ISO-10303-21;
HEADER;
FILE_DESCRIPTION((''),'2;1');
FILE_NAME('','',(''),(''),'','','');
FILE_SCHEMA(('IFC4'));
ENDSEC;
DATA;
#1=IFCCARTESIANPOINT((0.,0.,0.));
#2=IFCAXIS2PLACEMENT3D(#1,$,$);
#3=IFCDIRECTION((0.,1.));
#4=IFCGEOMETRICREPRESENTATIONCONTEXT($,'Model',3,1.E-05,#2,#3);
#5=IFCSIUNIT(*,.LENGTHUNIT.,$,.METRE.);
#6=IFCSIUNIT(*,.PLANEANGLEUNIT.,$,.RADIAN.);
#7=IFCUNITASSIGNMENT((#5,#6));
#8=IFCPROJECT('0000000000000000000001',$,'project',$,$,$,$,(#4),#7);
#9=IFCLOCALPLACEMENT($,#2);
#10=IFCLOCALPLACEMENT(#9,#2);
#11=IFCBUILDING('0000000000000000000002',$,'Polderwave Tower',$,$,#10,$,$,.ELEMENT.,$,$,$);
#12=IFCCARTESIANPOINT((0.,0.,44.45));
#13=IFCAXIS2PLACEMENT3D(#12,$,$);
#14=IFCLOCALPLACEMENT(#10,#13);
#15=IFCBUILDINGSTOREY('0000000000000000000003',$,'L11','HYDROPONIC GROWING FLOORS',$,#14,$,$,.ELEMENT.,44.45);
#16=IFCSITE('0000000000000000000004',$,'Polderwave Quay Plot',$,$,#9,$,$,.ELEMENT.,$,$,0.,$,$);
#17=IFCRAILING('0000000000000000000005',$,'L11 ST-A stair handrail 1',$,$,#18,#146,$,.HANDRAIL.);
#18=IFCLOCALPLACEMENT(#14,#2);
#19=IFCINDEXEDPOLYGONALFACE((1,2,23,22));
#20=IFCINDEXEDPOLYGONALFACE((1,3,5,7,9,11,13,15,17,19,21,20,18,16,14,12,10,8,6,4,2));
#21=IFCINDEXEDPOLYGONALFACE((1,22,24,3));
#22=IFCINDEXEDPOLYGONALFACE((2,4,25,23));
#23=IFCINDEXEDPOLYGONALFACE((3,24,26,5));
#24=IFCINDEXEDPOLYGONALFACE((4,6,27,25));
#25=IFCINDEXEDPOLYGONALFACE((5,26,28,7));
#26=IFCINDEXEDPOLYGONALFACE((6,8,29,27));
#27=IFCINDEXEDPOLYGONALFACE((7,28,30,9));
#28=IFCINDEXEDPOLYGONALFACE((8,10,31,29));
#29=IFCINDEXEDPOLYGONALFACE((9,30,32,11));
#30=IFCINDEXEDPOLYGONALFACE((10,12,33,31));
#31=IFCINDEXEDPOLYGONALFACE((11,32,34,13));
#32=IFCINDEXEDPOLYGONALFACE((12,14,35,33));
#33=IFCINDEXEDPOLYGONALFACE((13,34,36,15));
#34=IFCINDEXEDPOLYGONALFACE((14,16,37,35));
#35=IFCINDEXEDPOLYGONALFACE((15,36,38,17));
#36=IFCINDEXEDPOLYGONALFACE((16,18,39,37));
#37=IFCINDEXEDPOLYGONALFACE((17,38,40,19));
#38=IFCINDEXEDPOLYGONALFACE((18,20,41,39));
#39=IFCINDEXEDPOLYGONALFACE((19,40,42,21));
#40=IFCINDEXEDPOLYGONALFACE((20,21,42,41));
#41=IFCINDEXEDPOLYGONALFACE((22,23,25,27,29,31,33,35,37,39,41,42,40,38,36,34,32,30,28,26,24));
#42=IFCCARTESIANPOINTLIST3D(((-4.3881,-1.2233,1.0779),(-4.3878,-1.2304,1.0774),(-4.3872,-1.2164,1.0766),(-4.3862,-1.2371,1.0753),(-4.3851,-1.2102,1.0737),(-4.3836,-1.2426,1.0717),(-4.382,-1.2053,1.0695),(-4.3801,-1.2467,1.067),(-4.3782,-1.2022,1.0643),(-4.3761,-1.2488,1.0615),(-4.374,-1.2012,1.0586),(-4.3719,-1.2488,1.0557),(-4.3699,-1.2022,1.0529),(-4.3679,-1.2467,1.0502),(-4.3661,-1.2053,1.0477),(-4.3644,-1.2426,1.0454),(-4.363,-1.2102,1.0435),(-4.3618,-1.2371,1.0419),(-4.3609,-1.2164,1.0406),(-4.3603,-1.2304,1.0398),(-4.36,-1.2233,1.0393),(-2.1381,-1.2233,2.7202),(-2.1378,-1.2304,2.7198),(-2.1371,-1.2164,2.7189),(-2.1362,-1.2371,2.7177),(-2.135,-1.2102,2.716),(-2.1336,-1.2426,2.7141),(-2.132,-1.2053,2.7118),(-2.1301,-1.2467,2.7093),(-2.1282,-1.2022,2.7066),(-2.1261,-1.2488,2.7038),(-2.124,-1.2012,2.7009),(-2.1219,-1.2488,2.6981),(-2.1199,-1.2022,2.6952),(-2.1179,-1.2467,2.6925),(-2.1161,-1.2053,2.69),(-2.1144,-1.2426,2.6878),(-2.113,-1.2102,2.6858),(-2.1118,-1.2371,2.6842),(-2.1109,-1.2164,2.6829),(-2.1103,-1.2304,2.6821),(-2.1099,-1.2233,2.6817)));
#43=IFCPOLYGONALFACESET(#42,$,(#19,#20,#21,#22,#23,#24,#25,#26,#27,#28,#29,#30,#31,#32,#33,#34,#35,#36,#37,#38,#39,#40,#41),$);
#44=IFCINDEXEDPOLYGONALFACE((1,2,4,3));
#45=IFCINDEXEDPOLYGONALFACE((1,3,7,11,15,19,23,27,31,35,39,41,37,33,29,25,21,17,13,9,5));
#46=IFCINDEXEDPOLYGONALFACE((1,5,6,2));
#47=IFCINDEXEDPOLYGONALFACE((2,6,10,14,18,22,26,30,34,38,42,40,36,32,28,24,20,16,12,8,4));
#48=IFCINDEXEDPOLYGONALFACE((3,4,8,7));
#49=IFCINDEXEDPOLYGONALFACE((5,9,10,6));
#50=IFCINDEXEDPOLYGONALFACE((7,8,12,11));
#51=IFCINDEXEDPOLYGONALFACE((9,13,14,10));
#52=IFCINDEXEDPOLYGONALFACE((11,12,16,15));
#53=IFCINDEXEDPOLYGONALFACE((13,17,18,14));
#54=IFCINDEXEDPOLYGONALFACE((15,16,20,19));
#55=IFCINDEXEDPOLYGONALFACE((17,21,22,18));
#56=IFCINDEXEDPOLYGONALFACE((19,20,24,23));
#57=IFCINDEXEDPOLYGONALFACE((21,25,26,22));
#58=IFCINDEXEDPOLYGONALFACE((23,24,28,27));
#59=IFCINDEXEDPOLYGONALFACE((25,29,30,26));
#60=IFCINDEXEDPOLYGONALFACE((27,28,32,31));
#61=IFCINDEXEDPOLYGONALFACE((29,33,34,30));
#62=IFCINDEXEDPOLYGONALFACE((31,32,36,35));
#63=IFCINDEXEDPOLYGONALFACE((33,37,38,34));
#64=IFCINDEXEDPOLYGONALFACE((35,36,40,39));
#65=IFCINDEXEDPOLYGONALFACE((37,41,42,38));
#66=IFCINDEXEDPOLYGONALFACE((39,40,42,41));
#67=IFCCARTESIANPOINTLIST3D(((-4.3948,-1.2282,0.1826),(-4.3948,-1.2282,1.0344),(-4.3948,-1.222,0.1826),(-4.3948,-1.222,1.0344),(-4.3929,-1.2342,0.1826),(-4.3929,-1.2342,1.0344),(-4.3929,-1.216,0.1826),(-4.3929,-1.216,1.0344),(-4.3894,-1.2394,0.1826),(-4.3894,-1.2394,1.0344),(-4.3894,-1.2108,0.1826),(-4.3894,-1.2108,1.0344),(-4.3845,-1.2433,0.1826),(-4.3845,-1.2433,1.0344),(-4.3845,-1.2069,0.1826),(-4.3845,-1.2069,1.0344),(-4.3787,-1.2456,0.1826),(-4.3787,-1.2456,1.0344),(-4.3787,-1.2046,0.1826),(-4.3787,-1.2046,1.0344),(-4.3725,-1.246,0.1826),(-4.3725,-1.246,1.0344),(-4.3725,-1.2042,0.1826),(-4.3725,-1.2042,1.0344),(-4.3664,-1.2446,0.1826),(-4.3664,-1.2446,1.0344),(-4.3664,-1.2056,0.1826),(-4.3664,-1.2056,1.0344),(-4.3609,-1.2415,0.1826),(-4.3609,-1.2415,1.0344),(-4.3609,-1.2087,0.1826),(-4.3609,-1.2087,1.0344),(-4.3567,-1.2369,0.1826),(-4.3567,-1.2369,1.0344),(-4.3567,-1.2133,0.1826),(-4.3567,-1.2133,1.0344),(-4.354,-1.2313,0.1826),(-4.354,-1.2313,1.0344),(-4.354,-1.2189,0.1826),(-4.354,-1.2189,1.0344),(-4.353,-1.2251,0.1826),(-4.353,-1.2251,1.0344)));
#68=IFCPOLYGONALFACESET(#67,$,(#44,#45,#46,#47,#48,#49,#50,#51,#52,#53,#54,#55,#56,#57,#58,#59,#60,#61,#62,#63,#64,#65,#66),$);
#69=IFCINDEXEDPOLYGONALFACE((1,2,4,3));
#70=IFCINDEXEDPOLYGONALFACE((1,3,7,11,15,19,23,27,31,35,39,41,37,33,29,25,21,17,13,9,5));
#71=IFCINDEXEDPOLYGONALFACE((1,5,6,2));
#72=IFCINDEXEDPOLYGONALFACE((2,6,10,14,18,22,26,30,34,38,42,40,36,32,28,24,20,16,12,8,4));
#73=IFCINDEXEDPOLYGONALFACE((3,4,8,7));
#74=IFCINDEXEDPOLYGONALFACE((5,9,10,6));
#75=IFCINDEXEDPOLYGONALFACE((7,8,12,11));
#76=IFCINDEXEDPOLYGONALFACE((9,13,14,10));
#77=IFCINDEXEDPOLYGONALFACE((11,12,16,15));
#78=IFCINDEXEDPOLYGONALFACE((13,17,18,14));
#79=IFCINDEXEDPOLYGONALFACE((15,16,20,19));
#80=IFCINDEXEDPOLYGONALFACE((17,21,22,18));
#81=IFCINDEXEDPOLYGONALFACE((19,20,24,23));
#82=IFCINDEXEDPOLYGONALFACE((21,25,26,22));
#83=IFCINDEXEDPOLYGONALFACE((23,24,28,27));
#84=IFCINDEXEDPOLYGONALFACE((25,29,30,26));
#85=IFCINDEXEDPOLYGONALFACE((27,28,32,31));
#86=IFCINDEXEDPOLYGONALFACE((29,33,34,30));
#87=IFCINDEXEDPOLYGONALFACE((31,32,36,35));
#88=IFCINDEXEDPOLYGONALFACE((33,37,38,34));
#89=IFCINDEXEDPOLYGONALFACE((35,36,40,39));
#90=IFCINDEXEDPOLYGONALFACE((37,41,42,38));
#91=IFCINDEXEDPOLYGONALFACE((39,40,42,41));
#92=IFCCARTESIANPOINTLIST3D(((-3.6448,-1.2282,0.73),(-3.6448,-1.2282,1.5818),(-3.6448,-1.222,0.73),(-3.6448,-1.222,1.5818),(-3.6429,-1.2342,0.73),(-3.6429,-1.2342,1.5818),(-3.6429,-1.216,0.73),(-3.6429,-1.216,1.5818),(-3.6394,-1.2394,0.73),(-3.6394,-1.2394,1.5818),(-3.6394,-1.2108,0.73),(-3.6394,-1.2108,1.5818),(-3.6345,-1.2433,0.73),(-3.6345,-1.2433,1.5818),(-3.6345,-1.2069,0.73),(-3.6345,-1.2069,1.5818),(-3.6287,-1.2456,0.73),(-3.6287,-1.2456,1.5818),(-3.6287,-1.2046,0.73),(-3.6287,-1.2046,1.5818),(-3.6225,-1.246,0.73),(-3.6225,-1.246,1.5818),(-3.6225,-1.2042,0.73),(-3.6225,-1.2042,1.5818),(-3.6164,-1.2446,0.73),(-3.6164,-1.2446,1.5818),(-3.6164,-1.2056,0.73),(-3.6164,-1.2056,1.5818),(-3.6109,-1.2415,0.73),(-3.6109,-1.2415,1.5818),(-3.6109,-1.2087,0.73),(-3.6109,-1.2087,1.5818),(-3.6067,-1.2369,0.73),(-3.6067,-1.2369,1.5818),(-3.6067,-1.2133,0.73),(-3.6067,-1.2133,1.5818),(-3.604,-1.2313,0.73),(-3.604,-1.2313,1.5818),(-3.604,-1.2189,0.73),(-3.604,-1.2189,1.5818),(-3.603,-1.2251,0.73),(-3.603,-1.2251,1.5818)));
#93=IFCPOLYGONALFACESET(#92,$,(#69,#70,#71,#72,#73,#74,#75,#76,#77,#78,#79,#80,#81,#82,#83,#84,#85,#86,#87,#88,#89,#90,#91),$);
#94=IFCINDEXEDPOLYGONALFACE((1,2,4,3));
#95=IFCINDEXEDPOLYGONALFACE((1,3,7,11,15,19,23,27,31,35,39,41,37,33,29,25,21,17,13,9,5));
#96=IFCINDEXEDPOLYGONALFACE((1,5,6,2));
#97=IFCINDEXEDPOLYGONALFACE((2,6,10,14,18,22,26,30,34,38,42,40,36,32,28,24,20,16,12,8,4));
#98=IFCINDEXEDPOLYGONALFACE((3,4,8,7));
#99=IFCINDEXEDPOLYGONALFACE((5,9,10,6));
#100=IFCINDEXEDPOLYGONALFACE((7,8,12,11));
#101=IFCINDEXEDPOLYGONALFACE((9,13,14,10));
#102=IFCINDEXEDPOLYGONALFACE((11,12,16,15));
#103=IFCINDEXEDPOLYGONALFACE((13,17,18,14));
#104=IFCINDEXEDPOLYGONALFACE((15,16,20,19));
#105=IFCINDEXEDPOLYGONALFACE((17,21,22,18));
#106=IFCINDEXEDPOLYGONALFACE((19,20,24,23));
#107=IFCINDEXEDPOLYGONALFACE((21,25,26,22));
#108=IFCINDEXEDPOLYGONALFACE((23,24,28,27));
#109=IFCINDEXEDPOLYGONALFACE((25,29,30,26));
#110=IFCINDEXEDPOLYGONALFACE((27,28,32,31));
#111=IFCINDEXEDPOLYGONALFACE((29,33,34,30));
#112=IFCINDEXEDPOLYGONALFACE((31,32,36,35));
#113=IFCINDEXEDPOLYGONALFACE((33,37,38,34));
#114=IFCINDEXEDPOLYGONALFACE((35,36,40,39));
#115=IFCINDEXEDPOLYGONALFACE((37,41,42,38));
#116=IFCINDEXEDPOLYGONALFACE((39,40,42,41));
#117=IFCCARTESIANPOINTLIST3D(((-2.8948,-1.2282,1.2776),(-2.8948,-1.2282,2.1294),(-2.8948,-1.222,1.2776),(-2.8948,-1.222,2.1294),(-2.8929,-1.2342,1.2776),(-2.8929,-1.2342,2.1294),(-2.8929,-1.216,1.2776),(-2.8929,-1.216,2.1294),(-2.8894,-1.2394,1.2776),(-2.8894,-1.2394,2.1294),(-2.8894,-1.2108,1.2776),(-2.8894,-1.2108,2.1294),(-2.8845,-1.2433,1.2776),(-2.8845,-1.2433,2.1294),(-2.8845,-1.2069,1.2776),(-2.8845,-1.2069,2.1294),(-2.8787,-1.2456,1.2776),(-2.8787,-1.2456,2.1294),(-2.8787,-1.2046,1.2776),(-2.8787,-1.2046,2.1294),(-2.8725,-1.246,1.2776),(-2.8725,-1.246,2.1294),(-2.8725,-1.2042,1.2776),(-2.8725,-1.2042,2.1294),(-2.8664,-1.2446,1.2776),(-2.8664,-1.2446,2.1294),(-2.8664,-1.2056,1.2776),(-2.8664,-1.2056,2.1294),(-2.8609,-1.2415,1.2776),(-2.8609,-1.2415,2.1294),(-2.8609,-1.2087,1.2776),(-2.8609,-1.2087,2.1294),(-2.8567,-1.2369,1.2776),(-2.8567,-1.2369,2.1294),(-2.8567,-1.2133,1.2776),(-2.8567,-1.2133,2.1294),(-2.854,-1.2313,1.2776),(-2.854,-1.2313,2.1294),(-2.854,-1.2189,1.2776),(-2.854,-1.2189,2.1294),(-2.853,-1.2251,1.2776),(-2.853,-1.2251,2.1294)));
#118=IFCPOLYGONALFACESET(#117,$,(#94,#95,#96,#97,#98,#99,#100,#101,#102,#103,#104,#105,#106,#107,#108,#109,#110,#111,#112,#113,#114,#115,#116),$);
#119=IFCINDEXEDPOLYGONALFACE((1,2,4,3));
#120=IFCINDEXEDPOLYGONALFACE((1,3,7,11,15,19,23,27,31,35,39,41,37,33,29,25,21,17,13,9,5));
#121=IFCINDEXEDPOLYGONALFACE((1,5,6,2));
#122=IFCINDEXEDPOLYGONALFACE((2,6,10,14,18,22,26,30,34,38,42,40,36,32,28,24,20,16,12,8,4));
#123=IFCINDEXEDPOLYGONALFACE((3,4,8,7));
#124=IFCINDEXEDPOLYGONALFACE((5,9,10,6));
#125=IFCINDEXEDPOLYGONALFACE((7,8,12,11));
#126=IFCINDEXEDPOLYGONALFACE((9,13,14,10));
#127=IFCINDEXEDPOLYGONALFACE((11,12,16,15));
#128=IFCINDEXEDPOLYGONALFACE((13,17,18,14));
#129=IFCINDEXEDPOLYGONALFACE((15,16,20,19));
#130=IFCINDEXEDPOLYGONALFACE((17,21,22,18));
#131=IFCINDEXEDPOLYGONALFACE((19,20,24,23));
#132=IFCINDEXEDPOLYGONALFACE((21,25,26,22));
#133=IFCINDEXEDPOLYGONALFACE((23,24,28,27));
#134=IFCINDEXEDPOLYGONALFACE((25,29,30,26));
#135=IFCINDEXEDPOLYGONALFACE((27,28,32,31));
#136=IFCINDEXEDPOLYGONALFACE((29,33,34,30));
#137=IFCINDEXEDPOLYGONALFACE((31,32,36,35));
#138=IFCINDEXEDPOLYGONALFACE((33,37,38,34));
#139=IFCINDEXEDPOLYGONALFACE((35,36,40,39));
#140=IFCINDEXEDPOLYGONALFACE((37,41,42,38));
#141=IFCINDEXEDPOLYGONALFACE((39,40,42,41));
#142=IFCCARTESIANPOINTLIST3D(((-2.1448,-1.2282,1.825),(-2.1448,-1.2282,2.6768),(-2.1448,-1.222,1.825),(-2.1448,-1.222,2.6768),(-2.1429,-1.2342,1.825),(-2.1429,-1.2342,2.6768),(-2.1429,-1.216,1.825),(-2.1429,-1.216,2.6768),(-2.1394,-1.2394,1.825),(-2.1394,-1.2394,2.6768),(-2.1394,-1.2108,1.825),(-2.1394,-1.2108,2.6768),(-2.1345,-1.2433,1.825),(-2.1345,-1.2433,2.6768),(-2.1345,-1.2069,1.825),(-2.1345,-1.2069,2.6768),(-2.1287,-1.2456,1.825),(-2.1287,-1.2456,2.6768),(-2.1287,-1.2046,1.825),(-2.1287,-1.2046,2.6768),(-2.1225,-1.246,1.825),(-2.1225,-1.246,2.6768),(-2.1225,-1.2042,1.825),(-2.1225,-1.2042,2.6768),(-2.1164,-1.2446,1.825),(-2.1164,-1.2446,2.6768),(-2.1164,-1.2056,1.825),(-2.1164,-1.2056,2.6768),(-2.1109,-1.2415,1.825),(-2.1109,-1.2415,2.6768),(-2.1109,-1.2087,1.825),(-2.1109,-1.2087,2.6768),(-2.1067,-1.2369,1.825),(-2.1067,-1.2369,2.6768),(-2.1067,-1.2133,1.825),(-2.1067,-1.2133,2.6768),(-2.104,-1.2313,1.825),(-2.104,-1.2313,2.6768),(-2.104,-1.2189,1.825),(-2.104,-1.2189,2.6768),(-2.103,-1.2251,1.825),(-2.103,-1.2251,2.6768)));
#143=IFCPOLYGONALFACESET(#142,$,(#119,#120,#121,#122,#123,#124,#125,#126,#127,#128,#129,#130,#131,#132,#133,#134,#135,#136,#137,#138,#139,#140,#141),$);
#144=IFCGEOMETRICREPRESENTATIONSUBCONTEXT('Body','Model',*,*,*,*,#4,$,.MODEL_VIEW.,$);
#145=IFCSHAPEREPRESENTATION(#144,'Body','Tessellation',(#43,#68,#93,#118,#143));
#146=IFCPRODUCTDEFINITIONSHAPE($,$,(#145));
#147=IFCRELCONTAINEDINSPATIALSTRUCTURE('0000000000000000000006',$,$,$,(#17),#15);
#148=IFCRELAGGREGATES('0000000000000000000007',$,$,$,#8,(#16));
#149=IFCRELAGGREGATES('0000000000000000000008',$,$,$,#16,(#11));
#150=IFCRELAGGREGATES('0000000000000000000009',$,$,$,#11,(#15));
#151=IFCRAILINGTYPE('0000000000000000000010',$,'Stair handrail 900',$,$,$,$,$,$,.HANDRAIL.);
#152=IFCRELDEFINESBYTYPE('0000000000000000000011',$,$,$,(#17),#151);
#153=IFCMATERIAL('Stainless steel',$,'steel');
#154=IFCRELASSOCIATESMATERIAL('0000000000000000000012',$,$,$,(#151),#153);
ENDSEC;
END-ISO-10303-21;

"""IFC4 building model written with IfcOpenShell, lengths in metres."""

from ifc_helpers import new_model, si_unit, direction, frame, origin, origin_2d, place, context, subcontext, project, spatial, circle, extrude, material, type_object, element, save


model = new_model("IFC4")

# Units and contexts
model_context = context("Model", 3, precision=1e-05, world=origin(), true_north=direction((0.0, 1.0)))
body_context = subcontext(model_context, "Body", "Model", "MODEL_VIEW")
ifc_project = project(units=[si_unit("LENGTHUNIT", "METRE"), si_unit("PLANEANGLEUNIT", "RADIAN")], contexts=[model_context])

# Site, building, storey
site_placement = place(None, origin())
site = spatial("IfcSite", under=ifc_project, at=site_placement, Name="Polderwave Quay Plot", CompositionType="ELEMENT", RefElevation=0.0)
building_placement = place(site_placement, origin())
building = spatial("IfcBuilding", under=site, at=building_placement, Name="Polderwave Tower", CompositionType="ELEMENT")
storey_placement = place(building_placement, frame((0.0, 0.0, 44.45)))
storey = spatial("IfcBuildingStorey", under=building, at=storey_placement, Name="L11", Description="HYDROPONIC GROWING FLOORS", CompositionType="ELEMENT", Elevation=44.45)

# Shared definitions
ifc_material_1 = material(Name="Stainless steel", Category="steel")

# Railing
railing_type_1 = type_object("IfcRailingType", Name="Stair handrail 900", PredefinedType="HANDRAIL", material=ifc_material_1)
railing_1_placement = place(storey_placement, frame((-4.374, -1.2251, 0.1826)))
element("IfcRailing", 1, at=railing_1_placement, inside=storey, type_object=railing_type_1, Name="L11 ST-A stair handrail 1", PredefinedType="HANDRAIL", context=body_context, shape_type="SweptSolid", body=[
    extrude(circle(Radius=0.0239, at=origin_2d()), frame((0.0, 0.0, 0.876), z_axis=(0.807715, 0.0, 0.589573), x_axis=(0.0, 1.0, 0.0)), (0.0, 0.0, 1.0), 2.7856),
    extrude(circle(Radius=0.021, at=origin_2d()), origin(), (0.0, 0.0, 1.0), 0.8518),
    extrude(circle(Radius=0.021, at=origin_2d()), frame((0.75, 0.0, 0.5474)), (0.0, 0.0, 1.0), 0.8518),
    extrude(circle(Radius=0.021, at=origin_2d()), frame((1.5, 0.0, 1.095)), (0.0, 0.0, 1.0), 0.8518),
    extrude(circle(Radius=0.021, at=origin_2d()), frame((2.25, 0.0, 1.6423)), (0.0, 0.0, 1.0), 0.8518),
])

save(model, "model.ifc")
